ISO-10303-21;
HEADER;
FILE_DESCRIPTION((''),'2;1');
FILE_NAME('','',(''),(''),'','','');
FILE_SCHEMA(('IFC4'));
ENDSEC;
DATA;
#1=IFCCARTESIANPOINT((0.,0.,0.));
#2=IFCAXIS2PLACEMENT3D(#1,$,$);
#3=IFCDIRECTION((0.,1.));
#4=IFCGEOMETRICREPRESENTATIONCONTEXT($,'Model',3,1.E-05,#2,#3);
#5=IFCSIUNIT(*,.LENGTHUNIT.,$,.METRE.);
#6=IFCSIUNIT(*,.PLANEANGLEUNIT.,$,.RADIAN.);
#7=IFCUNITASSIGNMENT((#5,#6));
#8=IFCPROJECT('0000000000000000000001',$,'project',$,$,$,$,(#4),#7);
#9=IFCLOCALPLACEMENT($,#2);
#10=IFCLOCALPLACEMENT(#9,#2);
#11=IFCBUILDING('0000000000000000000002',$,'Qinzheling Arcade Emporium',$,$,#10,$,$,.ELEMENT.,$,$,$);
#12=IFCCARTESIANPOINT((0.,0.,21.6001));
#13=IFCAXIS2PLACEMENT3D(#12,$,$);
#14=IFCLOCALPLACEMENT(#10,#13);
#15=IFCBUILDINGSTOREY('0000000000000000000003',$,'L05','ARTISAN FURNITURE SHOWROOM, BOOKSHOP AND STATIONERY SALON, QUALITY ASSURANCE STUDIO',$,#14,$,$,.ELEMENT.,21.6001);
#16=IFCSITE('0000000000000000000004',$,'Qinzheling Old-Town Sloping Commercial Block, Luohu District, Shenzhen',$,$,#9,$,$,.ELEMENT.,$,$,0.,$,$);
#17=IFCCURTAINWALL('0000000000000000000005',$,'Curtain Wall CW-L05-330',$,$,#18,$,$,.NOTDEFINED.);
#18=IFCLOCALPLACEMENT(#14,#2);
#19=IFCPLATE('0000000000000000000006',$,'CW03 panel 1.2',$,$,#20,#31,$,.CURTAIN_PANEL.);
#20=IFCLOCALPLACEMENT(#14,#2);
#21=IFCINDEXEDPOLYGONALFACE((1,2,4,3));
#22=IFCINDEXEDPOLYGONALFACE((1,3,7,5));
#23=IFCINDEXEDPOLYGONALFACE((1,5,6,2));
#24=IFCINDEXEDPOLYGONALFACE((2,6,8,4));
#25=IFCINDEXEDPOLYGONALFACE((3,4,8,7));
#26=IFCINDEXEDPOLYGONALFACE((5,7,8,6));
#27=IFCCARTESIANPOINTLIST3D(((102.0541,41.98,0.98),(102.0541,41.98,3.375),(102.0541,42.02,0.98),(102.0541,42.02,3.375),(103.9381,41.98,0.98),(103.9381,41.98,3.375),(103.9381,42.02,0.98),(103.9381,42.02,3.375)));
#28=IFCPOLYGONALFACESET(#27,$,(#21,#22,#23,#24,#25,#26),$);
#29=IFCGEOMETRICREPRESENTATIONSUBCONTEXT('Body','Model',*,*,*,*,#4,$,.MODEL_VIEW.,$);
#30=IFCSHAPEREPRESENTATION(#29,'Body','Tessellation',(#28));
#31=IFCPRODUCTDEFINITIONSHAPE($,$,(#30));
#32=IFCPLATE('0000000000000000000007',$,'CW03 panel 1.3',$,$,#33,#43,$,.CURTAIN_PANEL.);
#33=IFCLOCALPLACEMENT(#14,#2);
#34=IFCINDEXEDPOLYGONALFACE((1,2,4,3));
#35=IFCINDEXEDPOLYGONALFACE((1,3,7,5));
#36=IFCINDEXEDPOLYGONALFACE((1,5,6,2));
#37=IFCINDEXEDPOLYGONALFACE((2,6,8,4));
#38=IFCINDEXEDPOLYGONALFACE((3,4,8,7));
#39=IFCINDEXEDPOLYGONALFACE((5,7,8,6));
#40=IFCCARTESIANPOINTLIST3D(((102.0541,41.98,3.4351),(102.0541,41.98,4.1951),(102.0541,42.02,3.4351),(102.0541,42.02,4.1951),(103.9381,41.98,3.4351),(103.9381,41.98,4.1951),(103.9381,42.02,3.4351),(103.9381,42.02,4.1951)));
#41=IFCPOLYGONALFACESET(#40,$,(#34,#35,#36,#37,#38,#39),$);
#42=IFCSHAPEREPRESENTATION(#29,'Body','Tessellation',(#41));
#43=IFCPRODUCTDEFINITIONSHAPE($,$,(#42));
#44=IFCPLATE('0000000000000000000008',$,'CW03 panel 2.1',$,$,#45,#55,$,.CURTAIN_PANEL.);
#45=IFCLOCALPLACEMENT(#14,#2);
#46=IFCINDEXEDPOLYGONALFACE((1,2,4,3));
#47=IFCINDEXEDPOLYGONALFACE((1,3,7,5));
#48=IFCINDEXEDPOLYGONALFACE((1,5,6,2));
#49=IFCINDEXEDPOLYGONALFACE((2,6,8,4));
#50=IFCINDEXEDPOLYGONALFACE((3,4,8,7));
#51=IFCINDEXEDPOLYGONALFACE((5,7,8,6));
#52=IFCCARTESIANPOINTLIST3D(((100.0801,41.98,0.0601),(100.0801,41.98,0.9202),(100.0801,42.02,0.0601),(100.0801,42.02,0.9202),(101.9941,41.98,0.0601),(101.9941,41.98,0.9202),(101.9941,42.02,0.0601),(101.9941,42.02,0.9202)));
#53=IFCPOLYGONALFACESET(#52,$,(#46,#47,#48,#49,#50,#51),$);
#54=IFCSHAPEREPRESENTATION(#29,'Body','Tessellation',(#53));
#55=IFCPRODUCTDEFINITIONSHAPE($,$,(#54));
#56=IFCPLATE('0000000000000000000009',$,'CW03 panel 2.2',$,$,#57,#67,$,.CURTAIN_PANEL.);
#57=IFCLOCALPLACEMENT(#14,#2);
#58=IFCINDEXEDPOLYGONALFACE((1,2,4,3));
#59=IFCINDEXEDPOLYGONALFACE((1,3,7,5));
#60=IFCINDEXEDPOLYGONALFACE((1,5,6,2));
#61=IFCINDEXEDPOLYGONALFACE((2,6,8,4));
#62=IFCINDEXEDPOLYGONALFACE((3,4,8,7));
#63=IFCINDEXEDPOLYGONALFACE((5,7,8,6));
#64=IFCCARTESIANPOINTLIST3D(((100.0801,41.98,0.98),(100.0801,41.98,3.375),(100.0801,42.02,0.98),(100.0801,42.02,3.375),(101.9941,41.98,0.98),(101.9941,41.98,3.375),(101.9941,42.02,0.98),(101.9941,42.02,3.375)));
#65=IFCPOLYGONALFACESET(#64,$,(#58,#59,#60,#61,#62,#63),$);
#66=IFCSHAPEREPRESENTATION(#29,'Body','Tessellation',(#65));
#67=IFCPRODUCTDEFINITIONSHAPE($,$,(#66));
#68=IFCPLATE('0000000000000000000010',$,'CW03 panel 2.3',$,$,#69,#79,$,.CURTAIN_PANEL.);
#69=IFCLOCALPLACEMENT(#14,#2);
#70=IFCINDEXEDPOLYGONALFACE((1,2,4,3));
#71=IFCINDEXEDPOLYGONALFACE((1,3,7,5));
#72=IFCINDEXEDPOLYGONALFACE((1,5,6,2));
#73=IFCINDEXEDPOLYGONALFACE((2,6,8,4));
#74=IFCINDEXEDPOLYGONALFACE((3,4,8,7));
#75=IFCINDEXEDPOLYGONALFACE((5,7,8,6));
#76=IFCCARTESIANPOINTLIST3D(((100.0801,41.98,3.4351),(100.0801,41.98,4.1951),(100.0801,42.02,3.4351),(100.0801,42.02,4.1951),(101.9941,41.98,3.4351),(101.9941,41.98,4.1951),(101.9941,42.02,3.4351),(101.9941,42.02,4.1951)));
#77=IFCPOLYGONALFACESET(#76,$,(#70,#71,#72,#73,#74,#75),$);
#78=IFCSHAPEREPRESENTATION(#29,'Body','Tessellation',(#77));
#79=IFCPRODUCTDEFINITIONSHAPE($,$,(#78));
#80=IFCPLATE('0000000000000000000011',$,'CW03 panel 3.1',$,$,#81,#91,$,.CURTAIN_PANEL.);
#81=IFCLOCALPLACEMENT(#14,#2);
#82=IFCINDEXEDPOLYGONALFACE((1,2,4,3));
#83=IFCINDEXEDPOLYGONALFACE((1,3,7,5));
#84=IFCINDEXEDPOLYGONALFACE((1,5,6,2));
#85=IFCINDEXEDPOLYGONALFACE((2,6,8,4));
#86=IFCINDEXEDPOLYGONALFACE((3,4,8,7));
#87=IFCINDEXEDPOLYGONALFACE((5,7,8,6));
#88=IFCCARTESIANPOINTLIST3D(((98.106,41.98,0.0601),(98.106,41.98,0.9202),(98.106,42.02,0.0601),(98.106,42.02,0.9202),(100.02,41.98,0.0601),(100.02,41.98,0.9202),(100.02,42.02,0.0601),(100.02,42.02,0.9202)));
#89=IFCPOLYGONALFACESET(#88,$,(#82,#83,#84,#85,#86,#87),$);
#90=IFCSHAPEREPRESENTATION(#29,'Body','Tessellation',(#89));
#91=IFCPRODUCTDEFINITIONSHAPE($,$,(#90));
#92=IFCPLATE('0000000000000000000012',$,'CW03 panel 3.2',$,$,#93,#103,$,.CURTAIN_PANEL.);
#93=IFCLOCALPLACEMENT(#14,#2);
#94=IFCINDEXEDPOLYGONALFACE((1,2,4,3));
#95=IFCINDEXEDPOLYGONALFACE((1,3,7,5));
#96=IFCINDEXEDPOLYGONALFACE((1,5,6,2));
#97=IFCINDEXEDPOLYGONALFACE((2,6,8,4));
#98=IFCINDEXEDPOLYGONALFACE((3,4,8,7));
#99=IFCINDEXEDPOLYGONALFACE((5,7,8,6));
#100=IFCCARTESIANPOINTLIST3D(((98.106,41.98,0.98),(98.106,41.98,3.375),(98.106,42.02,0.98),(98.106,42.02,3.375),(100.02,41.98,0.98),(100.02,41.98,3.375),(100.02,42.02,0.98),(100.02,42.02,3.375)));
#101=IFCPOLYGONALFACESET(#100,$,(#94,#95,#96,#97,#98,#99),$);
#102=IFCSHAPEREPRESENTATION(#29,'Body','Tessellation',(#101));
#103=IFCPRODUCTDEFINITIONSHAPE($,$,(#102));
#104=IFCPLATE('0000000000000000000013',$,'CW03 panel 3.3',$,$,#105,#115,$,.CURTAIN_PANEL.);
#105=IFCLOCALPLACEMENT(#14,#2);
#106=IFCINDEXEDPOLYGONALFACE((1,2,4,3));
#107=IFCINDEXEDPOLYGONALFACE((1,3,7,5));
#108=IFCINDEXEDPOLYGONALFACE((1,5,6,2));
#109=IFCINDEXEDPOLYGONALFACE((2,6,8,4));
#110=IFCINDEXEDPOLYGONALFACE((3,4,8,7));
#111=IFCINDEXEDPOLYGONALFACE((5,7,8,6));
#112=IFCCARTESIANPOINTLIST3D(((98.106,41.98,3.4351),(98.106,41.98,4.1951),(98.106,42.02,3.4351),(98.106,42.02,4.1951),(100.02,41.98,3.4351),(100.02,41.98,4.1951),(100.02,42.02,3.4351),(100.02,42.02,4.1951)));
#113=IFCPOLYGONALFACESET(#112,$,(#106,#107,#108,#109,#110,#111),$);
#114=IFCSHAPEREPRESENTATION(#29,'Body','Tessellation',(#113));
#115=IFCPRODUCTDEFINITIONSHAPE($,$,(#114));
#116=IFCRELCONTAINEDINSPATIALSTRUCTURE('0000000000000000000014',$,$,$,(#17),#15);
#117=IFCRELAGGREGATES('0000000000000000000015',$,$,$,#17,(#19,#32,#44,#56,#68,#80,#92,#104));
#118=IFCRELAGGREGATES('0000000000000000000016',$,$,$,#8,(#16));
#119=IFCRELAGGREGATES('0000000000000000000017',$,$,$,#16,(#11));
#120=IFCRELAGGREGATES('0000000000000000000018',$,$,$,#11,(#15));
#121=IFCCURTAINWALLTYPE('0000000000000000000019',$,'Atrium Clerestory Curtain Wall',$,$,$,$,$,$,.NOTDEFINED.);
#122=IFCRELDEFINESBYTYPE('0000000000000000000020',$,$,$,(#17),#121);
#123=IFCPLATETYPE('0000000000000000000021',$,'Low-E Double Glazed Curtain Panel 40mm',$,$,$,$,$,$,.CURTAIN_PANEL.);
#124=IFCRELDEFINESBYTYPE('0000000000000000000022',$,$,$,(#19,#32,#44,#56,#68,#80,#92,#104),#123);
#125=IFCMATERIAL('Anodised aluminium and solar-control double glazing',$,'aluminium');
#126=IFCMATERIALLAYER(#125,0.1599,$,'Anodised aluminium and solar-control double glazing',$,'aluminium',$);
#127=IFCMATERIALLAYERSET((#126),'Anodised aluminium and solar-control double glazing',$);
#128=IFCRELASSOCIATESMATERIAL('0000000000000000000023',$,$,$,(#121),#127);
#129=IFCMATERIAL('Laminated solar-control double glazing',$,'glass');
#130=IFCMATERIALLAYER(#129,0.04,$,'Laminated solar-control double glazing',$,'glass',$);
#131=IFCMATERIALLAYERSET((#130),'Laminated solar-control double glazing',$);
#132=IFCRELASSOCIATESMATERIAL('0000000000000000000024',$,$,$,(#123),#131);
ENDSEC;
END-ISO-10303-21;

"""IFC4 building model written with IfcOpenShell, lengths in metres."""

from ifc_helpers import new_model, si_unit, direction, frame, origin, origin_2d, place, context, subcontext, project, spatial, rectangle, extrude, material, layer, layer_set, type_object, element, aggregate, save


model = new_model("IFC4")

# Units and contexts
model_context = context("Model", 3, precision=1e-05, world=origin(), true_north=direction((0.0, 1.0)))
body_context = subcontext(model_context, "Body", "Model", "MODEL_VIEW")
ifc_project = project(units=[si_unit("LENGTHUNIT", "METRE"), si_unit("PLANEANGLEUNIT", "RADIAN")], contexts=[model_context])

# Site, building, storey
site_placement = place(None, origin())
site = spatial("IfcSite", under=ifc_project, at=site_placement, Name="Qinzheling Old-Town Sloping Commercial Block, Luohu District, Shenzhen", CompositionType="ELEMENT", RefElevation=0.0)
building_placement = place(site_placement, origin())
building = spatial("IfcBuilding", under=site, at=building_placement, Name="Qinzheling Arcade Emporium", CompositionType="ELEMENT")
storey_placement = place(building_placement, frame((0.0, 0.0, 21.6001)))
storey = spatial("IfcBuildingStorey", under=building, at=storey_placement, Name="L05", Description="ARTISAN FURNITURE SHOWROOM, BOOKSHOP AND STATIONERY SALON, QUALITY ASSURANCE STUDIO", CompositionType="ELEMENT", Elevation=21.6001)

# Shared definitions
ifc_material_1 = material(Name="Anodised aluminium and solar-control double glazing", Category="aluminium")

# Curtain wall
ifc_layer_1 = layer(ifc_material_1, 0.1599, Name="Anodised aluminium and solar-control double glazing", Category="aluminium")
ifc_layer_set_1 = layer_set([ifc_layer_1], Name="Anodised aluminium and solar-control double glazing")
curtain_wall_type_1 = type_object("IfcCurtainWallType", Name="Atrium Clerestory Curtain Wall", PredefinedType="NOTDEFINED", material=ifc_layer_set_1)
curtain_wall_1_placement = place(storey_placement, origin())
curtain_wall_1 = element("IfcCurtainWall", 1, at=curtain_wall_1_placement, inside=storey, type_object=curtain_wall_type_1, Name="Curtain Wall CW-L05-330", PredefinedType="NOTDEFINED")

# Plates
ifc_material_2 = material(Name="Laminated solar-control double glazing", Category="glass")
ifc_layer_2 = layer(ifc_material_2, 0.04, Name="Laminated solar-control double glazing", Category="glass")
ifc_layer_set_2 = layer_set([ifc_layer_2], Name="Laminated solar-control double glazing")
plate_type_1 = type_object("IfcPlateType", Name="Low-E Double Glazed Curtain Panel 40mm", PredefinedType="CURTAIN_PANEL", material=ifc_layer_set_2)
plate_1_placement = place(storey_placement, frame((102.9961, 42.0, 0.98), z_axis=(0.0, 0.0, 1.0), x_axis=(-1.0, 0.0, 0.0)))
plate_1 = element("IfcPlate", 2, at=plate_1_placement, type_object=plate_type_1, Name="CW03 panel 1.2", PredefinedType="CURTAIN_PANEL", context=body_context, shape_type="SweptSolid", body=[
    extrude(rectangle(XDim=1.884, YDim=0.04, at=origin_2d()), origin(), (0.0, 0.0, 1.0), 2.395),
])
plate_2_placement = place(storey_placement, frame((102.9961, 42.0, 3.4351), z_axis=(0.0, 0.0, 1.0), x_axis=(-1.0, 0.0, 0.0)))
plate_2 = element("IfcPlate", 3, at=plate_2_placement, type_object=plate_type_1, Name="CW03 panel 1.3", PredefinedType="CURTAIN_PANEL", context=body_context, shape_type="SweptSolid", body=[
    extrude(rectangle(XDim=1.884, YDim=0.04, at=origin_2d()), origin(), (0.0, 0.0, 1.0), 0.76),
])
plate_3_placement = place(storey_placement, frame((101.0371, 42.0, 0.0601), z_axis=(0.0, 0.0, 1.0), x_axis=(-1.0, 0.0, 0.0)))
plate_3 = element("IfcPlate", 4, at=plate_3_placement, type_object=plate_type_1, Name="CW03 panel 2.1", PredefinedType="CURTAIN_PANEL", context=body_context, shape_type="SweptSolid", body=[
    extrude(rectangle(XDim=1.9141, YDim=0.04, at=origin_2d()), origin(), (0.0, 0.0, 1.0), 0.8601),
])
plate_4_placement = place(storey_placement, frame((101.0371, 42.0, 0.98), z_axis=(0.0, 0.0, 1.0), x_axis=(-1.0, 0.0, 0.0)))
plate_4 = element("IfcPlate", 5, at=plate_4_placement, type_object=plate_type_1, Name="CW03 panel 2.2", PredefinedType="CURTAIN_PANEL", context=body_context, shape_type="SweptSolid", body=[
    extrude(rectangle(XDim=1.9141, YDim=0.04, at=origin_2d()), origin(), (0.0, 0.0, 1.0), 2.395),
])
plate_5_placement = place(storey_placement, frame((101.0371, 42.0, 3.4351), z_axis=(0.0, 0.0, 1.0), x_axis=(-1.0, 0.0, 0.0)))
plate_5 = element("IfcPlate", 6, at=plate_5_placement, type_object=plate_type_1, Name="CW03 panel 2.3", PredefinedType="CURTAIN_PANEL", context=body_context, shape_type="SweptSolid", body=[
    extrude(rectangle(XDim=1.9141, YDim=0.04, at=origin_2d()), origin(), (0.0, 0.0, 1.0), 0.76),
])
plate_6_placement = place(storey_placement, frame((99.063, 42.0, 0.0601), z_axis=(0.0, 0.0, 1.0), x_axis=(-1.0, 0.0, 0.0)))
plate_6 = element("IfcPlate", 7, at=plate_6_placement, type_object=plate_type_1, Name="CW03 panel 3.1", PredefinedType="CURTAIN_PANEL", context=body_context, shape_type="SweptSolid", body=[
    extrude(rectangle(XDim=1.9141, YDim=0.04, at=origin_2d()), origin(), (0.0, 0.0, 1.0), 0.8601),
])
plate_7_placement = place(storey_placement, frame((99.063, 42.0, 0.98), z_axis=(0.0, 0.0, 1.0), x_axis=(-1.0, 0.0, 0.0)))
plate_7 = element("IfcPlate", 8, at=plate_7_placement, type_object=plate_type_1, Name="CW03 panel 3.2", PredefinedType="CURTAIN_PANEL", context=body_context, shape_type="SweptSolid", body=[
    extrude(rectangle(XDim=1.9141, YDim=0.04, at=origin_2d()), origin(), (0.0, 0.0, 1.0), 2.395),
])
plate_8_placement = place(storey_placement, frame((99.063, 42.0, 3.4351), z_axis=(0.0, 0.0, 1.0), x_axis=(-1.0, 0.0, 0.0)))
plate_8 = element("IfcPlate", 9, at=plate_8_placement, type_object=plate_type_1, Name="CW03 panel 3.3", PredefinedType="CURTAIN_PANEL", context=body_context, shape_type="SweptSolid", body=[
    extrude(rectangle(XDim=1.9141, YDim=0.04, at=origin_2d()), origin(), (0.0, 0.0, 1.0), 0.76),
])
aggregate(curtain_wall_1, [plate_1, plate_2, plate_3, plate_4, plate_5, plate_6, plate_7, plate_8])

save(model, "model.ifc")
